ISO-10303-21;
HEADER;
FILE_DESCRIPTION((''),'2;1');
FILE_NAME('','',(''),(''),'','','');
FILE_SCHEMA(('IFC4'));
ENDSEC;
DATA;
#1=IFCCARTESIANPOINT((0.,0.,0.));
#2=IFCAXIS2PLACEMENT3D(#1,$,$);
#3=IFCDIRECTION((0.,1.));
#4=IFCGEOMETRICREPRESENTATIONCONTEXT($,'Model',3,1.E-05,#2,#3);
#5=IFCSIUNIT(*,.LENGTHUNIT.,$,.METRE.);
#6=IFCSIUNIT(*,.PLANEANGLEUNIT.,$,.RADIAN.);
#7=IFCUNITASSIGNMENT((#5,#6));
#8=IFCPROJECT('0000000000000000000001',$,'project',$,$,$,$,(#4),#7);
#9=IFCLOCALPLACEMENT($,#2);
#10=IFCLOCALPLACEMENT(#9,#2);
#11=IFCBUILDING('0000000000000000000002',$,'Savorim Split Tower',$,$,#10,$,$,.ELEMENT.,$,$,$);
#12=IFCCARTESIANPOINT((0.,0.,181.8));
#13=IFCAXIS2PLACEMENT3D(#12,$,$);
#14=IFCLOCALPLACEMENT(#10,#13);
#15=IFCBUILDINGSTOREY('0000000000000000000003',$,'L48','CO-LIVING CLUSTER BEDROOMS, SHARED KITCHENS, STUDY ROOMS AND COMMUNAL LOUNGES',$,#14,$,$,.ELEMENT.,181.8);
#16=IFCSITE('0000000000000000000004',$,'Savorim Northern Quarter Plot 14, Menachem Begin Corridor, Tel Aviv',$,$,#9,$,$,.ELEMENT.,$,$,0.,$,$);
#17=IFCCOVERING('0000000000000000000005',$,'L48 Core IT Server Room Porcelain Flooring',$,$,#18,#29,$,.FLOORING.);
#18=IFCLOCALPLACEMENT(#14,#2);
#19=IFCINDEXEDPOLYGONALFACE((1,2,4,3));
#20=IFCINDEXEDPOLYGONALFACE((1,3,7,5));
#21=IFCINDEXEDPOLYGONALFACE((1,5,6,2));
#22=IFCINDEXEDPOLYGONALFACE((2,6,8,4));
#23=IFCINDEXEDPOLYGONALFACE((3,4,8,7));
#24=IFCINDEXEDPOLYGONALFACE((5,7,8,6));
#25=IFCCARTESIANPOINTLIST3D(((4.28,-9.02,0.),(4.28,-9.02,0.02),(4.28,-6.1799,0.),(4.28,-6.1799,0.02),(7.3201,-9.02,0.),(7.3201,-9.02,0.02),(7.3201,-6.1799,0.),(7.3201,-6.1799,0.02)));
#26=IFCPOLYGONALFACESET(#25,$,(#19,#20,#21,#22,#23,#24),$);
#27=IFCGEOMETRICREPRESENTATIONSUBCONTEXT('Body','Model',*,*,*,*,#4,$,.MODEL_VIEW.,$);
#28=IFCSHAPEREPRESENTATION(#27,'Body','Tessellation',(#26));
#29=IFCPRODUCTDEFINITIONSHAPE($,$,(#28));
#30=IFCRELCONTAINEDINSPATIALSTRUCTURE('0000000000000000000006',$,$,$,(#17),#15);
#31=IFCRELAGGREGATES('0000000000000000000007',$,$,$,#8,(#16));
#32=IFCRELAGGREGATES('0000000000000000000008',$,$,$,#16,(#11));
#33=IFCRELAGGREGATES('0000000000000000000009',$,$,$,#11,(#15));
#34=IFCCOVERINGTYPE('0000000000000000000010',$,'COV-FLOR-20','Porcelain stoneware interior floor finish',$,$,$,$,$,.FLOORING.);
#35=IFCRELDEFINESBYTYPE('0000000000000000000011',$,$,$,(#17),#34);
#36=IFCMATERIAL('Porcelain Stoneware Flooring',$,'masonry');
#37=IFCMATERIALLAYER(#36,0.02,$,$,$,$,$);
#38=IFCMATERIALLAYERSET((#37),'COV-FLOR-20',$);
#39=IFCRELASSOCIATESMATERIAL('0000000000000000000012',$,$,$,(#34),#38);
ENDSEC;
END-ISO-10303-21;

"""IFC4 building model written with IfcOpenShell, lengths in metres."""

from ifc_helpers import new_model, si_unit, direction, frame, origin, place, context, subcontext, project, spatial, polyline, outline, extrude, material, layer, layer_set, type_object, element, save


model = new_model("IFC4")

# Units and contexts
model_context = context("Model", 3, precision=1e-05, world=origin(), true_north=direction((0.0, 1.0)))
body_context = subcontext(model_context, "Body", "Model", "MODEL_VIEW")
ifc_project = project(units=[si_unit("LENGTHUNIT", "METRE"), si_unit("PLANEANGLEUNIT", "RADIAN")], contexts=[model_context])

# Site, building, storey
site_placement = place(None, origin())
site = spatial("IfcSite", under=ifc_project, at=site_placement, Name="Savorim Northern Quarter Plot 14, Menachem Begin Corridor, Tel Aviv", CompositionType="ELEMENT", RefElevation=0.0)
building_placement = place(site_placement, origin())
building = spatial("IfcBuilding", under=site, at=building_placement, Name="Savorim Split Tower", CompositionType="ELEMENT")
storey_placement = place(building_placement, frame((0.0, 0.0, 181.8)))
storey = spatial("IfcBuildingStorey", under=building, at=storey_placement, Name="L48", Description="CO-LIVING CLUSTER BEDROOMS, SHARED KITCHENS, STUDY ROOMS AND COMMUNAL LOUNGES", CompositionType="ELEMENT", Elevation=181.8)

# Covering
ifc_material_1 = material(Name="Porcelain Stoneware Flooring", Category="masonry")
ifc_layer_1 = layer(ifc_material_1, 0.02)
ifc_layer_set_1 = layer_set([ifc_layer_1], Name="COV-FLOR-20")
covering_type_1 = type_object("IfcCoveringType", Name="COV-FLOR-20", Description="Porcelain stoneware interior floor finish", PredefinedType="FLOORING", material=ifc_layer_set_1)
covering_1_placement = place(storey_placement, origin())
element("IfcCovering", 1, at=covering_1_placement, inside=storey, type_object=covering_type_1, Name="L48 Core IT Server Room Porcelain Flooring", PredefinedType="FLOORING", context=body_context, shape_type="SweptSolid", body=[
    extrude(outline(polyline([(4.28, -6.1799), (4.28, -9.02), (7.3201, -9.02), (7.3201, -6.1799), (4.28, -6.1799)])), origin(), (0.0, 0.0, 1.0), 0.02),
])

save(model, "model.ifc")
